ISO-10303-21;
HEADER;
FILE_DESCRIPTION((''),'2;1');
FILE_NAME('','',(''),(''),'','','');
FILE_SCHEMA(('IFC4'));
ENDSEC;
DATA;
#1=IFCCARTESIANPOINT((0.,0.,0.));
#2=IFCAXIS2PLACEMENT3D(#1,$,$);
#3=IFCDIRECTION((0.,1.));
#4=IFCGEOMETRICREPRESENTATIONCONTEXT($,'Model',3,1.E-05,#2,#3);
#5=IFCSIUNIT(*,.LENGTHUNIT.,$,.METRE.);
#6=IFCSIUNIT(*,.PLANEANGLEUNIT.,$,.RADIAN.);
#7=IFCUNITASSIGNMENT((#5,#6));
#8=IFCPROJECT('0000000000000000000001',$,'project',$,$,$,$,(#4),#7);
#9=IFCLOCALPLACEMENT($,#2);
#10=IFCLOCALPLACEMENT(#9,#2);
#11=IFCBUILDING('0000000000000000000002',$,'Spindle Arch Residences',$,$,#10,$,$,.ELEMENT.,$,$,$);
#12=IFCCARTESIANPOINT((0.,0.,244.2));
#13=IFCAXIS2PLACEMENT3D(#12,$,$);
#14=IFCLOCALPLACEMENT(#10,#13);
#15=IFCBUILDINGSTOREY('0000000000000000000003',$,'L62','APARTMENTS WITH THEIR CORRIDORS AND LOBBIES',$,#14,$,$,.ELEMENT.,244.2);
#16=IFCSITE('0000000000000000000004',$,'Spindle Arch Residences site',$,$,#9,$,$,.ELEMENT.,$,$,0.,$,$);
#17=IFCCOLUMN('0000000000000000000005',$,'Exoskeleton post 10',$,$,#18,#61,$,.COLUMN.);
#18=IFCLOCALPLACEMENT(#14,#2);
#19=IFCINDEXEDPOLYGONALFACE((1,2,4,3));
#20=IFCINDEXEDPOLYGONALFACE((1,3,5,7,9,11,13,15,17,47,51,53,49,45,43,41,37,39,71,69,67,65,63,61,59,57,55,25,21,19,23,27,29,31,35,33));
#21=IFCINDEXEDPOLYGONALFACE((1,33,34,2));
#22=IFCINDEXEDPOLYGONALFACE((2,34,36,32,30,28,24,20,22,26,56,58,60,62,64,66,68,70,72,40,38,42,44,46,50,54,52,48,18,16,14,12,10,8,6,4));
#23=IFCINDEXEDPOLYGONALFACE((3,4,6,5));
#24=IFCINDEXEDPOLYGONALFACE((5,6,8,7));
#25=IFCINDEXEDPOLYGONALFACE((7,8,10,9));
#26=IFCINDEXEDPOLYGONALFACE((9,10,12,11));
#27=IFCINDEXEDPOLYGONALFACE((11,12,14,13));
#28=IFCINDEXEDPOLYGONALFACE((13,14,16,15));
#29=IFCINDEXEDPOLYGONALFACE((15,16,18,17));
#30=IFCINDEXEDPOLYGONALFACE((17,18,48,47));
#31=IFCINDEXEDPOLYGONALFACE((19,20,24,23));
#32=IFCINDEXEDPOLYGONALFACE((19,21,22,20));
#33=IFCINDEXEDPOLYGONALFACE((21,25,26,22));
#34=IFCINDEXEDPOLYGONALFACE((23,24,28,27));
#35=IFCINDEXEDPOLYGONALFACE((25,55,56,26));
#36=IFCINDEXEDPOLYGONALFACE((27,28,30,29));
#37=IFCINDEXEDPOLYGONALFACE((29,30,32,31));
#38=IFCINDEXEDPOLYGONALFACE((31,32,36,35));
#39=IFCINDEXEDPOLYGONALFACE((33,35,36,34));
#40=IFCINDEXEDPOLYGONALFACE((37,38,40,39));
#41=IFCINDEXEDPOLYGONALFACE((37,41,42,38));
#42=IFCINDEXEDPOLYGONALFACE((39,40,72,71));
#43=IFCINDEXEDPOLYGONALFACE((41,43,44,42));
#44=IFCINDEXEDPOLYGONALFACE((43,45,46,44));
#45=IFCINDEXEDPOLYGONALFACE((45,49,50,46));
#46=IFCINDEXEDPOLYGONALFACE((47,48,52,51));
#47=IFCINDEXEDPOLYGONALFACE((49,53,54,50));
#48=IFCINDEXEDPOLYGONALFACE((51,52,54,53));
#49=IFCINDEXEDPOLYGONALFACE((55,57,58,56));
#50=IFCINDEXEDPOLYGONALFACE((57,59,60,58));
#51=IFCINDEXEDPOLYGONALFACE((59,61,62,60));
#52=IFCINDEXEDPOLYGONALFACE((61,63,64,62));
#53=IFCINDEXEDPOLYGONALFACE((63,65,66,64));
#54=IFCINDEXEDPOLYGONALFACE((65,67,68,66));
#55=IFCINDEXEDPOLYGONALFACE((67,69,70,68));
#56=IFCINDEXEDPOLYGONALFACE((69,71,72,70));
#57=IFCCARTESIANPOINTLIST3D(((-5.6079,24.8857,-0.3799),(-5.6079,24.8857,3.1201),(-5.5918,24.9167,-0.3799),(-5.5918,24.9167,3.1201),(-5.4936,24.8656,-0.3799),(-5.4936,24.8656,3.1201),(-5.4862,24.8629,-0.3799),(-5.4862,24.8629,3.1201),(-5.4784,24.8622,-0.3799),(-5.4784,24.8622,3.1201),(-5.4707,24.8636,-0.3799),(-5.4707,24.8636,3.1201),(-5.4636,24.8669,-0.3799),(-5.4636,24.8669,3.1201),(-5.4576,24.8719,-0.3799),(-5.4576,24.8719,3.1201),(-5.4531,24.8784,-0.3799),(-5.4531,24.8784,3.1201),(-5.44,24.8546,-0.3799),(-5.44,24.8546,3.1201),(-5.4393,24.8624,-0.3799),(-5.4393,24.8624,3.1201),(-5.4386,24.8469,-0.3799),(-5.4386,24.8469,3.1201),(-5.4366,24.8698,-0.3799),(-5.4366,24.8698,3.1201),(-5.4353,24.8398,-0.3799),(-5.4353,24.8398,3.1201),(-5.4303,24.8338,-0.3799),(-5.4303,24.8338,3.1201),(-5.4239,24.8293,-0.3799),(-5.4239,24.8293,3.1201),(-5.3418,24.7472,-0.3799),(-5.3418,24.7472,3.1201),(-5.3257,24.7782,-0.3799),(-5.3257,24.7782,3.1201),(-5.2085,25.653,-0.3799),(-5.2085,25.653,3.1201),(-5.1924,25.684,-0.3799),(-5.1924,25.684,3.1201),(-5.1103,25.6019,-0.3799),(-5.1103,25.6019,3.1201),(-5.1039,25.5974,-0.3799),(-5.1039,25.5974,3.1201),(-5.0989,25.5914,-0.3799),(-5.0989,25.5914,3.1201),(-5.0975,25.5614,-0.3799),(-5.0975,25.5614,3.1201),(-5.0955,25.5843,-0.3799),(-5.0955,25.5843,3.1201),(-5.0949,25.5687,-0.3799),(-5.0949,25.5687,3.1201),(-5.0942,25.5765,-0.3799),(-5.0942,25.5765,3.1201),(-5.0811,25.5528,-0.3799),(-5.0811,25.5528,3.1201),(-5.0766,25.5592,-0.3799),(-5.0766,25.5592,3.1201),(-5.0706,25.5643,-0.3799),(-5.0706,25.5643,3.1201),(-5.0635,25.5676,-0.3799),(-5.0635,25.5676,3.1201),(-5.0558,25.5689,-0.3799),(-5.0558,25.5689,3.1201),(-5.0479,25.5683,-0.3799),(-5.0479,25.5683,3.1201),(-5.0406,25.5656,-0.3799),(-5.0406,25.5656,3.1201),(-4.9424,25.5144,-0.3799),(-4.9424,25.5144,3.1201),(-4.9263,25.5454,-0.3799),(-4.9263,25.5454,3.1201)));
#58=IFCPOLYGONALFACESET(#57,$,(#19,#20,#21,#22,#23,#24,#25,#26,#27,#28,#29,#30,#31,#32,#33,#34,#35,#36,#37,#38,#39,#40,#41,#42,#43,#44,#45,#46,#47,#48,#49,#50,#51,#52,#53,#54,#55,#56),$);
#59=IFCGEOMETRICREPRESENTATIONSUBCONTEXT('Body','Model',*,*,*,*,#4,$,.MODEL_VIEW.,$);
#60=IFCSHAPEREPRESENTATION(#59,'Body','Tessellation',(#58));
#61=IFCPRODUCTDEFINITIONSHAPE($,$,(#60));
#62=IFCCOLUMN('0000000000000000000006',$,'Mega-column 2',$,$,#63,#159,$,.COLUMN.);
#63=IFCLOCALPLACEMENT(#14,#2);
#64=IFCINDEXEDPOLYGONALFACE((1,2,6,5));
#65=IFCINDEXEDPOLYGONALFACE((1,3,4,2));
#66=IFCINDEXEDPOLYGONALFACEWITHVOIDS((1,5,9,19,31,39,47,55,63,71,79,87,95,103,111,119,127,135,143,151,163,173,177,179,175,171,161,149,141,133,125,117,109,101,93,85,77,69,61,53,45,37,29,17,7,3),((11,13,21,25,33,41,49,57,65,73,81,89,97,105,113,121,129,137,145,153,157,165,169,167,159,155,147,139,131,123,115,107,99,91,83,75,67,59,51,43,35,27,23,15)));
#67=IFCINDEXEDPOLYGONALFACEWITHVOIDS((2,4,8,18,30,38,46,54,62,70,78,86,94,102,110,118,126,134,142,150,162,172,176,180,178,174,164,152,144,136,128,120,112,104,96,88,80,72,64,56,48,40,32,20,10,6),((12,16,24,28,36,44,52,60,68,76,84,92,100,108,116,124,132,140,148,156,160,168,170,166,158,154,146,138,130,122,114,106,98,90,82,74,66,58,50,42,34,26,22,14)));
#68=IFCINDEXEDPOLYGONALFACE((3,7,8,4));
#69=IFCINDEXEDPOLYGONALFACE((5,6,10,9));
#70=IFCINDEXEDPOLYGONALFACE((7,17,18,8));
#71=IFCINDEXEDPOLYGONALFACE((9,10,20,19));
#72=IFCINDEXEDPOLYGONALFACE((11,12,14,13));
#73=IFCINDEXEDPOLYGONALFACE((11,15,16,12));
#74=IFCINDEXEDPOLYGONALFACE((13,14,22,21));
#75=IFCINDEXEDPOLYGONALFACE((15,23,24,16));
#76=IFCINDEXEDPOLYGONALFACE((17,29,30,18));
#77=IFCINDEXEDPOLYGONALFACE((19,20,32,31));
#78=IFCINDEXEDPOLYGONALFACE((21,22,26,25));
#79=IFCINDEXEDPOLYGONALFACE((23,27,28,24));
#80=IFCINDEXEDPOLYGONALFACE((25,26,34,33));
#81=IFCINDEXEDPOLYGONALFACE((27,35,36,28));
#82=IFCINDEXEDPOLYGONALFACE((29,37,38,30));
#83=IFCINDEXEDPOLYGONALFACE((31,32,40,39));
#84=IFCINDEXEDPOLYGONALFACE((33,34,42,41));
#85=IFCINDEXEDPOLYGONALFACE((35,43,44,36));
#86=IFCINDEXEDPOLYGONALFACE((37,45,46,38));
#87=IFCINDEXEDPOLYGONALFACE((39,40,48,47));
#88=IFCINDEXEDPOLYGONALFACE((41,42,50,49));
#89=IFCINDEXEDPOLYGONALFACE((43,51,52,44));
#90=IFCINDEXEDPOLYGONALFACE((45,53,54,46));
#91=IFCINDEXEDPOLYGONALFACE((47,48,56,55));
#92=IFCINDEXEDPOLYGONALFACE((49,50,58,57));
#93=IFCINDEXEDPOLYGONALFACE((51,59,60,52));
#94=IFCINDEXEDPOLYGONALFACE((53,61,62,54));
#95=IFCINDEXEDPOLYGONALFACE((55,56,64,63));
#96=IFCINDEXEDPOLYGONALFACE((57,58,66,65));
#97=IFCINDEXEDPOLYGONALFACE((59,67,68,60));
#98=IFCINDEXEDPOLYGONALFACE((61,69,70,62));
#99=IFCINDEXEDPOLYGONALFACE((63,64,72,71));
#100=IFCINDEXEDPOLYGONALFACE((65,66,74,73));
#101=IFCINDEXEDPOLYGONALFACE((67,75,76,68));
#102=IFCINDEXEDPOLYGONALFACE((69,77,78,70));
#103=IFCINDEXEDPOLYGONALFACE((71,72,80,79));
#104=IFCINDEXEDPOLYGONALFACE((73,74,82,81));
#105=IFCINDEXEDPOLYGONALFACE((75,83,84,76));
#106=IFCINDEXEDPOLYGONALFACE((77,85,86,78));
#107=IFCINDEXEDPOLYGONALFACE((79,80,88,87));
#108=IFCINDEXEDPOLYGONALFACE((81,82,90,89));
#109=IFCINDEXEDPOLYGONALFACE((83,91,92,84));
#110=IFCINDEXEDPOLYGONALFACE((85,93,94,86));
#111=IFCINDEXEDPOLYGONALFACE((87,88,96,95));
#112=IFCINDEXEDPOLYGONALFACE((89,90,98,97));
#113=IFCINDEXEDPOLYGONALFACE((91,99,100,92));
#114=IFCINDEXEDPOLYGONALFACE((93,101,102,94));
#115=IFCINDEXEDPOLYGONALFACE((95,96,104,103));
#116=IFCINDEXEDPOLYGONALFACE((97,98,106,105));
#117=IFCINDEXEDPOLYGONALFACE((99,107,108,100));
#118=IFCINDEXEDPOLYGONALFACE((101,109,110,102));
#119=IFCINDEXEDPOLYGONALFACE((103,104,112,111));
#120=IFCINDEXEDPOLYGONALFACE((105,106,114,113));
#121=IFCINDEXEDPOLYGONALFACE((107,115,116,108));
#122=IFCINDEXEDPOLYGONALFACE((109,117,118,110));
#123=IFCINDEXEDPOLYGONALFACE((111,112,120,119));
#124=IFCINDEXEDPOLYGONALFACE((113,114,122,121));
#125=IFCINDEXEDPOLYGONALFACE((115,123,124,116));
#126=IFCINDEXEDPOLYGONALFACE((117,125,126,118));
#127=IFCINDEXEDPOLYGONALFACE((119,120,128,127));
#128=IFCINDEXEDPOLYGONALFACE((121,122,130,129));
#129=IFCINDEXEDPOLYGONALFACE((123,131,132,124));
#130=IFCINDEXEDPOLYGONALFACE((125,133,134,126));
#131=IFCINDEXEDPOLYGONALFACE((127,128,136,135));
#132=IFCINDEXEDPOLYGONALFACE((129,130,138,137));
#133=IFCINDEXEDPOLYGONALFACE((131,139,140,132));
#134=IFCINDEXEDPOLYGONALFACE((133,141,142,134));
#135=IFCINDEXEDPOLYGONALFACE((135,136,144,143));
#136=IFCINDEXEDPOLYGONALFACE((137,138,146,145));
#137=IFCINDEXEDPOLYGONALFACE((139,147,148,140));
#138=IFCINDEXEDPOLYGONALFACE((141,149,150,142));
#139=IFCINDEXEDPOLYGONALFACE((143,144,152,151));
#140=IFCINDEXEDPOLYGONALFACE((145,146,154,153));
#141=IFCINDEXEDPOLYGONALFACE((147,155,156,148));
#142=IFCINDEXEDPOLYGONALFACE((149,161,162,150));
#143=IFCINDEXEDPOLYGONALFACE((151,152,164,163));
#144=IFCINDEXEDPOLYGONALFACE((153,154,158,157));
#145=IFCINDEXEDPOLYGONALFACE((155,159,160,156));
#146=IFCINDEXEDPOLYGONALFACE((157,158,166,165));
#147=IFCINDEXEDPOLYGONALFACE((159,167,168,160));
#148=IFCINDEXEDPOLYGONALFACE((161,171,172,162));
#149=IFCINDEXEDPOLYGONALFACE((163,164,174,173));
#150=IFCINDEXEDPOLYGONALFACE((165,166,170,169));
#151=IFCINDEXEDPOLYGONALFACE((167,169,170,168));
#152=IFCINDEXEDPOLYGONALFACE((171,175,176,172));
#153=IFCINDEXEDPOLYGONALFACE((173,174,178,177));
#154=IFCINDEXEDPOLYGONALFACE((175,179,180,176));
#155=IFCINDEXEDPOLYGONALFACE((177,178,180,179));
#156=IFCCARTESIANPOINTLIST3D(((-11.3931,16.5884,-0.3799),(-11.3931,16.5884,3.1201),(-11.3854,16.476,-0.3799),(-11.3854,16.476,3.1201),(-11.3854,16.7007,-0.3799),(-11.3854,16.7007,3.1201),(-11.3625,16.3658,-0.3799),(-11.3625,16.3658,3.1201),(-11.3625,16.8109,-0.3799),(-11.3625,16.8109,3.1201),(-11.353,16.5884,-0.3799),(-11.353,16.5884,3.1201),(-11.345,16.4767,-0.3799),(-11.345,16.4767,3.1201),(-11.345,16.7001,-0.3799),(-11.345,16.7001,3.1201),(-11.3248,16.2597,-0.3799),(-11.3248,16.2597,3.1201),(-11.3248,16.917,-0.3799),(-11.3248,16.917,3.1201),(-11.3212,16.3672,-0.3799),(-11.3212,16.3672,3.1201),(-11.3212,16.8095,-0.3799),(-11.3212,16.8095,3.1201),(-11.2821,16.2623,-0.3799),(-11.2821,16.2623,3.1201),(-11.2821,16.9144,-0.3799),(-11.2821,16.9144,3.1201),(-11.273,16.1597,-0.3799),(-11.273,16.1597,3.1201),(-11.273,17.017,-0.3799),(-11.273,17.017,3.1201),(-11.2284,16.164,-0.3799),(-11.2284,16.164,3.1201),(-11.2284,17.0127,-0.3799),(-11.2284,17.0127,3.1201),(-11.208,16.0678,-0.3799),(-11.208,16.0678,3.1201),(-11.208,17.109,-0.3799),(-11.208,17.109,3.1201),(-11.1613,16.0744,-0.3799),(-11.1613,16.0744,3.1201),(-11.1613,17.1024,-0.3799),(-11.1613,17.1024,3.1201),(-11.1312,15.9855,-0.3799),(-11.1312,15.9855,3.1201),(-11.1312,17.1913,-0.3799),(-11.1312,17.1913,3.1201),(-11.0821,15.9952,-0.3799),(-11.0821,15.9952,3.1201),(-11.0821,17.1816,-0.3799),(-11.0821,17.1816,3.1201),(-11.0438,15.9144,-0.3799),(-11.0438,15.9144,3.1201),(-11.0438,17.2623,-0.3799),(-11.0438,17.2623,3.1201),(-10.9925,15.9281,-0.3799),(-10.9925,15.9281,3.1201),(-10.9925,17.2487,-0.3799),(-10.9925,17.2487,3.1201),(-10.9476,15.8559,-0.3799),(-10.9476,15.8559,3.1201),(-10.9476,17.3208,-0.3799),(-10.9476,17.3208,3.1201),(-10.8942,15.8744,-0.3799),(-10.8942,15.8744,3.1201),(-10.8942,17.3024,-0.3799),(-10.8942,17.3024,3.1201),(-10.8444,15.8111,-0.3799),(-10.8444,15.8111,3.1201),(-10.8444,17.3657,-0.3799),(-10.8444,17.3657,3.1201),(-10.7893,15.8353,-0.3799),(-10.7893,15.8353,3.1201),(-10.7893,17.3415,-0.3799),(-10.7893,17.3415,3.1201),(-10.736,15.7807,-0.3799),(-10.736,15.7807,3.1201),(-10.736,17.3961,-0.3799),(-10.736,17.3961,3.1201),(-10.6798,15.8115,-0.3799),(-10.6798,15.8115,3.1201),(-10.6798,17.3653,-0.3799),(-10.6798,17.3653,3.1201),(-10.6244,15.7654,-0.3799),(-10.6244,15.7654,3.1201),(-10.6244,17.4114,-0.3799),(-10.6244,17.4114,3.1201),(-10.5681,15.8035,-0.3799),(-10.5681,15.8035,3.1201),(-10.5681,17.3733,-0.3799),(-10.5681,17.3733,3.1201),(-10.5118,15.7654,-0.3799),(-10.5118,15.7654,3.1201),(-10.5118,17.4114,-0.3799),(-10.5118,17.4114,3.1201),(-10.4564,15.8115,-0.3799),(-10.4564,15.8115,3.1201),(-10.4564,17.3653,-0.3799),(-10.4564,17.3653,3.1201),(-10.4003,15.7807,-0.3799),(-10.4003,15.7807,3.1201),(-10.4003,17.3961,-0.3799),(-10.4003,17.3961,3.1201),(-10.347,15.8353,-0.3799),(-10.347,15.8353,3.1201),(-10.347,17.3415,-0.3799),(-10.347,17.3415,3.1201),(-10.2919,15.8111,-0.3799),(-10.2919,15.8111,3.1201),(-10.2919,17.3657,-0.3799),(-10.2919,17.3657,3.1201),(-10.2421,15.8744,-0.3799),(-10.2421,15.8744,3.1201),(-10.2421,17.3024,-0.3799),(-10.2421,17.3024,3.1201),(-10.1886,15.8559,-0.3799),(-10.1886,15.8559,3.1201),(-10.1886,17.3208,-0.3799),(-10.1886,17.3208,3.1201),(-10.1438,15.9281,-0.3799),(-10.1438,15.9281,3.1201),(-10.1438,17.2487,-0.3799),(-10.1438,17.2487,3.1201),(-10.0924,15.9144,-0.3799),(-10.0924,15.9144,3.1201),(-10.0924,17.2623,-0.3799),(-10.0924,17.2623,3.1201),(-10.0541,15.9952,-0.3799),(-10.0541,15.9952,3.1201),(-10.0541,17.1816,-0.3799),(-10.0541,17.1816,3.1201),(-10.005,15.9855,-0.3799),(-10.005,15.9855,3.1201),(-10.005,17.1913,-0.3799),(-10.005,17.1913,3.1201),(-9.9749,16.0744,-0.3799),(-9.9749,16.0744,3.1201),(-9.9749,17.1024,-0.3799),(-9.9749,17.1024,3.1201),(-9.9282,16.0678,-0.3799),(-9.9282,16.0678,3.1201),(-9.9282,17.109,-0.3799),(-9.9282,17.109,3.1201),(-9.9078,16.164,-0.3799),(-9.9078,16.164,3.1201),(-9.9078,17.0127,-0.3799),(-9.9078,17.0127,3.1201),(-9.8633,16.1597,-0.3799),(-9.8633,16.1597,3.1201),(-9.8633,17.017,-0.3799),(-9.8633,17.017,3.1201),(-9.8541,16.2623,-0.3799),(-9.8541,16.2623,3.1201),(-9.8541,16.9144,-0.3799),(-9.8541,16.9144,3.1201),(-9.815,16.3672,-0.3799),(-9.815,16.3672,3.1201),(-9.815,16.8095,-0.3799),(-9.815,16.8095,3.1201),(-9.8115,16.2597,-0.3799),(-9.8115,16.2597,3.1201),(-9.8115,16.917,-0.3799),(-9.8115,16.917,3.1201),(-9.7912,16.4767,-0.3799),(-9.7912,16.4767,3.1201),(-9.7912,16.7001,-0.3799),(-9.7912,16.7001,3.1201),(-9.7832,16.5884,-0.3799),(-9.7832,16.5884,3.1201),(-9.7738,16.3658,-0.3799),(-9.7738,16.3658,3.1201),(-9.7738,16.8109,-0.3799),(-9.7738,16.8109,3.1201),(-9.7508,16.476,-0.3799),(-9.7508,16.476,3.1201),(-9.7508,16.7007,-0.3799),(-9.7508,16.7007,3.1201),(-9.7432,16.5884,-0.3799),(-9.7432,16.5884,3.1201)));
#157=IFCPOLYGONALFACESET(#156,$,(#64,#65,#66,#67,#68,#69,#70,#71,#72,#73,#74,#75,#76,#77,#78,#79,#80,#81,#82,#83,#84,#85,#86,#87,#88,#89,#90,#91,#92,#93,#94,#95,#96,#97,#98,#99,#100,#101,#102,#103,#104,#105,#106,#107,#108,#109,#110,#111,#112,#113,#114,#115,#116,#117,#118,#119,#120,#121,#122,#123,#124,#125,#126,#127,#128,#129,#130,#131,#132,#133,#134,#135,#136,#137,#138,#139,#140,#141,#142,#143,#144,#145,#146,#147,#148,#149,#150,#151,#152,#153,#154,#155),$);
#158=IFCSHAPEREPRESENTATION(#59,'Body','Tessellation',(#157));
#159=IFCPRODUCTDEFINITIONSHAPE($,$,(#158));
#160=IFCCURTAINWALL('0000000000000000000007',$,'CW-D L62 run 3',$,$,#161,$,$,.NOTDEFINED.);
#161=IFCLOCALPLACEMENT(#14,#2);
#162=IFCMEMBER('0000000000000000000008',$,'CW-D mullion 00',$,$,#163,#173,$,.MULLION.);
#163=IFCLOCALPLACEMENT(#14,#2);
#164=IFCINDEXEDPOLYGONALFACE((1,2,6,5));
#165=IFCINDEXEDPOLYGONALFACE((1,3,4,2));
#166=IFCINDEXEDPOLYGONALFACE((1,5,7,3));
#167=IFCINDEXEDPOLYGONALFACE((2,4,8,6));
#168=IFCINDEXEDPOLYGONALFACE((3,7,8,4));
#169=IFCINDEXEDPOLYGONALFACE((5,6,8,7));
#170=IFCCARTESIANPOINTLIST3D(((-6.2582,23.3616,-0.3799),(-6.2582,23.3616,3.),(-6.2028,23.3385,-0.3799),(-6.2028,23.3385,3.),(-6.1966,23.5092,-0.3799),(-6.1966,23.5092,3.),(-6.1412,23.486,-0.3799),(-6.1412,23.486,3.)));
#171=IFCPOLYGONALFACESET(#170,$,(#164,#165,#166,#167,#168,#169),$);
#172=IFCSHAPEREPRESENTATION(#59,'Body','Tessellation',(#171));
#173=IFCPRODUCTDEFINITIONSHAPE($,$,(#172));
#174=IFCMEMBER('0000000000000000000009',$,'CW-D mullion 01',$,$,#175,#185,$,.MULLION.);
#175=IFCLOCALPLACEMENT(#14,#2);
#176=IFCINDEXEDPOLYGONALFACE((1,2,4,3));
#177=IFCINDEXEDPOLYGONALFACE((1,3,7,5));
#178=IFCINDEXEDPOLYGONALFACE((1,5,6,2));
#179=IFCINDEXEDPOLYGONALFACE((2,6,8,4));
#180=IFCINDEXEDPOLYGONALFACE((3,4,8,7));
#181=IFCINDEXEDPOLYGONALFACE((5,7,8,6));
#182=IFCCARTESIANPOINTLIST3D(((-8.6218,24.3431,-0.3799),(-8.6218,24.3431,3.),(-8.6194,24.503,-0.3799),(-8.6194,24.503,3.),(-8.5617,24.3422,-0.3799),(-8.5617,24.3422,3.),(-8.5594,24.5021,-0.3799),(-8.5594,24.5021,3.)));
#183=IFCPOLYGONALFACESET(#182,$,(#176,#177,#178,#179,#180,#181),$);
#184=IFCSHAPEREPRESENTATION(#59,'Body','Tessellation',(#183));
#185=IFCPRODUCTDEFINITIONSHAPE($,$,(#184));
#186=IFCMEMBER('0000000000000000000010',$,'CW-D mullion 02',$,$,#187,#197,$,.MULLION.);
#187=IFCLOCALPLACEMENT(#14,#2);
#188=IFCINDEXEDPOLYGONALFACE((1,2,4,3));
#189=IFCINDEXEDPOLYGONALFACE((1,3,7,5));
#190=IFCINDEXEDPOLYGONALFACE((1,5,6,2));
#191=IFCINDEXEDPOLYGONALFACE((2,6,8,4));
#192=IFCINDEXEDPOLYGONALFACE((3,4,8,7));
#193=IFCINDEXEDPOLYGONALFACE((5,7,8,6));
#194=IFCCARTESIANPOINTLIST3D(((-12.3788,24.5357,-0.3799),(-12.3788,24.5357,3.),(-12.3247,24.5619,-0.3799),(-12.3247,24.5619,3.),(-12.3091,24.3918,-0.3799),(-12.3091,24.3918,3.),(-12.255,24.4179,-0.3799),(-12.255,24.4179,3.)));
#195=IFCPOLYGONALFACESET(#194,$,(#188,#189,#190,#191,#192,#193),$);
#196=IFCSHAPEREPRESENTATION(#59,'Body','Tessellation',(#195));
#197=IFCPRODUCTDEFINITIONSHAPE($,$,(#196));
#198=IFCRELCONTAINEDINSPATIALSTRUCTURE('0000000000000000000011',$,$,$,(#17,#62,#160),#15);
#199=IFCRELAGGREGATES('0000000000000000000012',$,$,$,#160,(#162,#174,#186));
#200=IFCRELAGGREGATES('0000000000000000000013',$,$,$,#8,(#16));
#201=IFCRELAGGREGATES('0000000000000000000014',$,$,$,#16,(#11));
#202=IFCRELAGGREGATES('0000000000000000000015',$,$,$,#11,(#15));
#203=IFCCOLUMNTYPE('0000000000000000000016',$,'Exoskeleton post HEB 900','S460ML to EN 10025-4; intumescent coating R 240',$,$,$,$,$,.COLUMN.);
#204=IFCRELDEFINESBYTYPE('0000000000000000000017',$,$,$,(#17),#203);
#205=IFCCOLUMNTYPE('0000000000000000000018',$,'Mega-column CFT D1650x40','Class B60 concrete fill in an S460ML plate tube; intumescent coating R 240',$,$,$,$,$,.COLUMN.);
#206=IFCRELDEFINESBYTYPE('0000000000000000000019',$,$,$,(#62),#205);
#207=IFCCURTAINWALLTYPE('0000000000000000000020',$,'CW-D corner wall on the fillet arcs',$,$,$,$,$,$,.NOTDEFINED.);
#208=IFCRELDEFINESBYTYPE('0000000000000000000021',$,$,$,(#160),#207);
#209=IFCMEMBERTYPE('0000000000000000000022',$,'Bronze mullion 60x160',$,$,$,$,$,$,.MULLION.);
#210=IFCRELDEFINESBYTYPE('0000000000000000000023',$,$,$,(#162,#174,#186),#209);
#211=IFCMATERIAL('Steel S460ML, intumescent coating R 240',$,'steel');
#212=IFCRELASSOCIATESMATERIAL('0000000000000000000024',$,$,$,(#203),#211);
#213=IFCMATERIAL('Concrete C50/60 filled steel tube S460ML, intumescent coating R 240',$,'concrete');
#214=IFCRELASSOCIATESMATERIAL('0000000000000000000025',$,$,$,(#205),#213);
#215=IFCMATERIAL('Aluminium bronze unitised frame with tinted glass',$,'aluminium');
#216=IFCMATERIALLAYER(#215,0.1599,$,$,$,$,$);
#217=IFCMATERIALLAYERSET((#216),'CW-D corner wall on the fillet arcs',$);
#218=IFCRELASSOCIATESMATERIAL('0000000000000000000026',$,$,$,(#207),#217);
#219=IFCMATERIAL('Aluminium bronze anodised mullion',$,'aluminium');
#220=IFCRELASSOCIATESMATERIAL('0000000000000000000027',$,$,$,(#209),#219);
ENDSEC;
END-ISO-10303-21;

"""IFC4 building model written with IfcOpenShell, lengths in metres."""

from ifc_helpers import new_model, si_unit, direction, frame, origin, origin_2d, place, context, subcontext, project, spatial, rectangle, hollow_circle, i_section, extrude, material, layer, layer_set, material_profile, profile_set, type_object, element, aggregate, save


model = new_model("IFC4")

# Units and contexts
model_context = context("Model", 3, precision=1e-05, world=origin(), true_north=direction((0.0, 1.0)))
body_context = subcontext(model_context, "Body", "Model", "MODEL_VIEW")
ifc_project = project(units=[si_unit("LENGTHUNIT", "METRE"), si_unit("PLANEANGLEUNIT", "RADIAN")], contexts=[model_context])

# Site, building, storey
site_placement = place(None, origin())
site = spatial("IfcSite", under=ifc_project, at=site_placement, Name="Spindle Arch Residences site", CompositionType="ELEMENT", RefElevation=0.0)
building_placement = place(site_placement, origin())
building = spatial("IfcBuilding", under=site, at=building_placement, Name="Spindle Arch Residences", CompositionType="ELEMENT")
storey_placement = place(building_placement, frame((0.0, 0.0, 244.2)))
storey = spatial("IfcBuildingStorey", under=building, at=storey_placement, Name="L62", Description="APARTMENTS WITH THEIR CORRIDORS AND LOBBIES", CompositionType="ELEMENT", Elevation=244.2)

# Columns
ifc_material_1 = material(Name="Steel S460ML, intumescent coating R 240", Category="steel")
ifc_material_profile_1 = material_profile(ifc_material_1, i_section(OverallWidth=0.3, OverallDepth=0.8999, WebThickness=0.0186, FlangeThickness=0.0349, FilletRadius=0.03, at=origin_2d()), Name="HEB 900")
ifc_profile_set_1 = profile_set([ifc_material_profile_1], Name="Steel S460ML, intumescent coating R 240")
column_type_1 = type_object("IfcColumnType", Name="Exoskeleton post HEB 900", Description="S460ML to EN 10025-4; intumescent coating R 240", PredefinedType="COLUMN", material=ifc_profile_set_1)
column_1_placement = place(storey_placement, frame((-5.2671, 25.2156, -0.3799), z_axis=(0.0, 0.0, 1.0), x_axis=(0.887011, -0.461749, 0.0)))
element("IfcColumn", 1, at=column_1_placement, inside=storey, type_object=column_type_1, Name="Exoskeleton post 10", PredefinedType="COLUMN", context=body_context, shape_type="SweptSolid", body=[
    extrude(i_section(OverallWidth=0.3, OverallDepth=0.8999, WebThickness=0.0186, FlangeThickness=0.0349, FilletRadius=0.03, at=origin_2d()), origin(), (0.0, 0.0, 1.0), 3.5),
])
ifc_material_2 = material(Name="Concrete C50/60 filled steel tube S460ML, intumescent coating R 240", Category="concrete")
ifc_material_profile_2 = material_profile(ifc_material_2, hollow_circle(Radius=0.825, WallThickness=0.04, at=origin_2d()), Name="CFT D1650x40")
ifc_profile_set_2 = profile_set([ifc_material_profile_2], Name="Concrete C50/60 filled steel tube S460ML, intumescent coating R 240")
column_type_2 = type_object("IfcColumnType", Name="Mega-column CFT D1650x40", Description="Class B60 concrete fill in an S460ML plate tube; intumescent coating R 240", PredefinedType="COLUMN", material=ifc_profile_set_2)
column_2_placement = place(storey_placement, frame((-10.5681, 16.5884, -0.3799), z_axis=(0.0, 0.0, 1.0), x_axis=(1.0, 0.0, 0.0)))
element("IfcColumn", 2, at=column_2_placement, inside=storey, type_object=column_type_2, Name="Mega-column 2", PredefinedType="COLUMN", context=body_context, shape_type="SweptSolid", body=[
    extrude(hollow_circle(Radius=0.825, WallThickness=0.04, at=origin_2d()), origin(), (0.0, 0.0, 1.0), 3.5),
])

# Curtain wall, members
ifc_material_3 = material(Name="Aluminium bronze unitised frame with tinted glass", Category="aluminium")
ifc_layer_1 = layer(ifc_material_3, 0.1599)
ifc_layer_set_1 = layer_set([ifc_layer_1], Name="CW-D corner wall on the fillet arcs")
curtain_wall_type_1 = type_object("IfcCurtainWallType", Name="CW-D corner wall on the fillet arcs", PredefinedType="NOTDEFINED", material=ifc_layer_set_1)
curtain_wall_1_placement = place(storey_placement, origin())
curtain_wall_1 = element("IfcCurtainWall", 3, at=curtain_wall_1_placement, inside=storey, type_object=curtain_wall_type_1, Name="CW-D L62 run 3", PredefinedType="NOTDEFINED")
ifc_material_4 = material(Name="Aluminium bronze anodised mullion", Category="aluminium")
ifc_material_profile_3 = material_profile(ifc_material_4, rectangle(XDim=0.1599, YDim=0.0601, at=origin_2d()), Name="MU 60x160")
ifc_profile_set_3 = profile_set([ifc_material_profile_3], Name="Aluminium bronze anodised mullion")
member_type_1 = type_object("IfcMemberType", Name="Bronze mullion 60x160", PredefinedType="MULLION", material=ifc_profile_set_3)
member_1_placement = place(storey_placement, frame((-6.1997, 23.4238, -0.3799), z_axis=(0.0, 0.0, 1.0), x_axis=(-0.385552, -0.922686, 0.0)))
member_1 = element("IfcMember", 4, at=member_1_placement, type_object=member_type_1, Name="CW-D mullion 00", PredefinedType="MULLION", context=body_context, shape_type="SweptSolid", body=[
    extrude(rectangle(XDim=0.1599, YDim=0.0601, at=origin_2d()), origin(), (0.0, 0.0, 1.0), 3.3799),
])
member_2_placement = place(storey_placement, frame((-8.5906, 24.4226, -0.3799), z_axis=(0.0, 0.0, 1.0), x_axis=(-0.014544, -0.999894, 0.0)))
member_2 = element("IfcMember", 5, at=member_2_placement, type_object=member_type_1, Name="CW-D mullion 01", PredefinedType="MULLION", context=body_context, shape_type="SweptSolid", body=[
    extrude(rectangle(XDim=0.1599, YDim=0.0601, at=origin_2d()), origin(), (0.0, 0.0, 1.0), 3.3799),
])
member_3_placement = place(storey_placement, frame((-12.3169, 24.4768, -0.3799), z_axis=(0.0, 0.0, 1.0), x_axis=(0.435755, -0.900065, 0.0)))
member_3 = element("IfcMember", 6, at=member_3_placement, type_object=member_type_1, Name="CW-D mullion 02", PredefinedType="MULLION", context=body_context, shape_type="SweptSolid", body=[
    extrude(rectangle(XDim=0.1599, YDim=0.0601, at=origin_2d()), origin(), (0.0, 0.0, 1.0), 3.3799),
])

aggregate(curtain_wall_1, [member_1, member_2, member_3])

save(model, "model.ifc")
